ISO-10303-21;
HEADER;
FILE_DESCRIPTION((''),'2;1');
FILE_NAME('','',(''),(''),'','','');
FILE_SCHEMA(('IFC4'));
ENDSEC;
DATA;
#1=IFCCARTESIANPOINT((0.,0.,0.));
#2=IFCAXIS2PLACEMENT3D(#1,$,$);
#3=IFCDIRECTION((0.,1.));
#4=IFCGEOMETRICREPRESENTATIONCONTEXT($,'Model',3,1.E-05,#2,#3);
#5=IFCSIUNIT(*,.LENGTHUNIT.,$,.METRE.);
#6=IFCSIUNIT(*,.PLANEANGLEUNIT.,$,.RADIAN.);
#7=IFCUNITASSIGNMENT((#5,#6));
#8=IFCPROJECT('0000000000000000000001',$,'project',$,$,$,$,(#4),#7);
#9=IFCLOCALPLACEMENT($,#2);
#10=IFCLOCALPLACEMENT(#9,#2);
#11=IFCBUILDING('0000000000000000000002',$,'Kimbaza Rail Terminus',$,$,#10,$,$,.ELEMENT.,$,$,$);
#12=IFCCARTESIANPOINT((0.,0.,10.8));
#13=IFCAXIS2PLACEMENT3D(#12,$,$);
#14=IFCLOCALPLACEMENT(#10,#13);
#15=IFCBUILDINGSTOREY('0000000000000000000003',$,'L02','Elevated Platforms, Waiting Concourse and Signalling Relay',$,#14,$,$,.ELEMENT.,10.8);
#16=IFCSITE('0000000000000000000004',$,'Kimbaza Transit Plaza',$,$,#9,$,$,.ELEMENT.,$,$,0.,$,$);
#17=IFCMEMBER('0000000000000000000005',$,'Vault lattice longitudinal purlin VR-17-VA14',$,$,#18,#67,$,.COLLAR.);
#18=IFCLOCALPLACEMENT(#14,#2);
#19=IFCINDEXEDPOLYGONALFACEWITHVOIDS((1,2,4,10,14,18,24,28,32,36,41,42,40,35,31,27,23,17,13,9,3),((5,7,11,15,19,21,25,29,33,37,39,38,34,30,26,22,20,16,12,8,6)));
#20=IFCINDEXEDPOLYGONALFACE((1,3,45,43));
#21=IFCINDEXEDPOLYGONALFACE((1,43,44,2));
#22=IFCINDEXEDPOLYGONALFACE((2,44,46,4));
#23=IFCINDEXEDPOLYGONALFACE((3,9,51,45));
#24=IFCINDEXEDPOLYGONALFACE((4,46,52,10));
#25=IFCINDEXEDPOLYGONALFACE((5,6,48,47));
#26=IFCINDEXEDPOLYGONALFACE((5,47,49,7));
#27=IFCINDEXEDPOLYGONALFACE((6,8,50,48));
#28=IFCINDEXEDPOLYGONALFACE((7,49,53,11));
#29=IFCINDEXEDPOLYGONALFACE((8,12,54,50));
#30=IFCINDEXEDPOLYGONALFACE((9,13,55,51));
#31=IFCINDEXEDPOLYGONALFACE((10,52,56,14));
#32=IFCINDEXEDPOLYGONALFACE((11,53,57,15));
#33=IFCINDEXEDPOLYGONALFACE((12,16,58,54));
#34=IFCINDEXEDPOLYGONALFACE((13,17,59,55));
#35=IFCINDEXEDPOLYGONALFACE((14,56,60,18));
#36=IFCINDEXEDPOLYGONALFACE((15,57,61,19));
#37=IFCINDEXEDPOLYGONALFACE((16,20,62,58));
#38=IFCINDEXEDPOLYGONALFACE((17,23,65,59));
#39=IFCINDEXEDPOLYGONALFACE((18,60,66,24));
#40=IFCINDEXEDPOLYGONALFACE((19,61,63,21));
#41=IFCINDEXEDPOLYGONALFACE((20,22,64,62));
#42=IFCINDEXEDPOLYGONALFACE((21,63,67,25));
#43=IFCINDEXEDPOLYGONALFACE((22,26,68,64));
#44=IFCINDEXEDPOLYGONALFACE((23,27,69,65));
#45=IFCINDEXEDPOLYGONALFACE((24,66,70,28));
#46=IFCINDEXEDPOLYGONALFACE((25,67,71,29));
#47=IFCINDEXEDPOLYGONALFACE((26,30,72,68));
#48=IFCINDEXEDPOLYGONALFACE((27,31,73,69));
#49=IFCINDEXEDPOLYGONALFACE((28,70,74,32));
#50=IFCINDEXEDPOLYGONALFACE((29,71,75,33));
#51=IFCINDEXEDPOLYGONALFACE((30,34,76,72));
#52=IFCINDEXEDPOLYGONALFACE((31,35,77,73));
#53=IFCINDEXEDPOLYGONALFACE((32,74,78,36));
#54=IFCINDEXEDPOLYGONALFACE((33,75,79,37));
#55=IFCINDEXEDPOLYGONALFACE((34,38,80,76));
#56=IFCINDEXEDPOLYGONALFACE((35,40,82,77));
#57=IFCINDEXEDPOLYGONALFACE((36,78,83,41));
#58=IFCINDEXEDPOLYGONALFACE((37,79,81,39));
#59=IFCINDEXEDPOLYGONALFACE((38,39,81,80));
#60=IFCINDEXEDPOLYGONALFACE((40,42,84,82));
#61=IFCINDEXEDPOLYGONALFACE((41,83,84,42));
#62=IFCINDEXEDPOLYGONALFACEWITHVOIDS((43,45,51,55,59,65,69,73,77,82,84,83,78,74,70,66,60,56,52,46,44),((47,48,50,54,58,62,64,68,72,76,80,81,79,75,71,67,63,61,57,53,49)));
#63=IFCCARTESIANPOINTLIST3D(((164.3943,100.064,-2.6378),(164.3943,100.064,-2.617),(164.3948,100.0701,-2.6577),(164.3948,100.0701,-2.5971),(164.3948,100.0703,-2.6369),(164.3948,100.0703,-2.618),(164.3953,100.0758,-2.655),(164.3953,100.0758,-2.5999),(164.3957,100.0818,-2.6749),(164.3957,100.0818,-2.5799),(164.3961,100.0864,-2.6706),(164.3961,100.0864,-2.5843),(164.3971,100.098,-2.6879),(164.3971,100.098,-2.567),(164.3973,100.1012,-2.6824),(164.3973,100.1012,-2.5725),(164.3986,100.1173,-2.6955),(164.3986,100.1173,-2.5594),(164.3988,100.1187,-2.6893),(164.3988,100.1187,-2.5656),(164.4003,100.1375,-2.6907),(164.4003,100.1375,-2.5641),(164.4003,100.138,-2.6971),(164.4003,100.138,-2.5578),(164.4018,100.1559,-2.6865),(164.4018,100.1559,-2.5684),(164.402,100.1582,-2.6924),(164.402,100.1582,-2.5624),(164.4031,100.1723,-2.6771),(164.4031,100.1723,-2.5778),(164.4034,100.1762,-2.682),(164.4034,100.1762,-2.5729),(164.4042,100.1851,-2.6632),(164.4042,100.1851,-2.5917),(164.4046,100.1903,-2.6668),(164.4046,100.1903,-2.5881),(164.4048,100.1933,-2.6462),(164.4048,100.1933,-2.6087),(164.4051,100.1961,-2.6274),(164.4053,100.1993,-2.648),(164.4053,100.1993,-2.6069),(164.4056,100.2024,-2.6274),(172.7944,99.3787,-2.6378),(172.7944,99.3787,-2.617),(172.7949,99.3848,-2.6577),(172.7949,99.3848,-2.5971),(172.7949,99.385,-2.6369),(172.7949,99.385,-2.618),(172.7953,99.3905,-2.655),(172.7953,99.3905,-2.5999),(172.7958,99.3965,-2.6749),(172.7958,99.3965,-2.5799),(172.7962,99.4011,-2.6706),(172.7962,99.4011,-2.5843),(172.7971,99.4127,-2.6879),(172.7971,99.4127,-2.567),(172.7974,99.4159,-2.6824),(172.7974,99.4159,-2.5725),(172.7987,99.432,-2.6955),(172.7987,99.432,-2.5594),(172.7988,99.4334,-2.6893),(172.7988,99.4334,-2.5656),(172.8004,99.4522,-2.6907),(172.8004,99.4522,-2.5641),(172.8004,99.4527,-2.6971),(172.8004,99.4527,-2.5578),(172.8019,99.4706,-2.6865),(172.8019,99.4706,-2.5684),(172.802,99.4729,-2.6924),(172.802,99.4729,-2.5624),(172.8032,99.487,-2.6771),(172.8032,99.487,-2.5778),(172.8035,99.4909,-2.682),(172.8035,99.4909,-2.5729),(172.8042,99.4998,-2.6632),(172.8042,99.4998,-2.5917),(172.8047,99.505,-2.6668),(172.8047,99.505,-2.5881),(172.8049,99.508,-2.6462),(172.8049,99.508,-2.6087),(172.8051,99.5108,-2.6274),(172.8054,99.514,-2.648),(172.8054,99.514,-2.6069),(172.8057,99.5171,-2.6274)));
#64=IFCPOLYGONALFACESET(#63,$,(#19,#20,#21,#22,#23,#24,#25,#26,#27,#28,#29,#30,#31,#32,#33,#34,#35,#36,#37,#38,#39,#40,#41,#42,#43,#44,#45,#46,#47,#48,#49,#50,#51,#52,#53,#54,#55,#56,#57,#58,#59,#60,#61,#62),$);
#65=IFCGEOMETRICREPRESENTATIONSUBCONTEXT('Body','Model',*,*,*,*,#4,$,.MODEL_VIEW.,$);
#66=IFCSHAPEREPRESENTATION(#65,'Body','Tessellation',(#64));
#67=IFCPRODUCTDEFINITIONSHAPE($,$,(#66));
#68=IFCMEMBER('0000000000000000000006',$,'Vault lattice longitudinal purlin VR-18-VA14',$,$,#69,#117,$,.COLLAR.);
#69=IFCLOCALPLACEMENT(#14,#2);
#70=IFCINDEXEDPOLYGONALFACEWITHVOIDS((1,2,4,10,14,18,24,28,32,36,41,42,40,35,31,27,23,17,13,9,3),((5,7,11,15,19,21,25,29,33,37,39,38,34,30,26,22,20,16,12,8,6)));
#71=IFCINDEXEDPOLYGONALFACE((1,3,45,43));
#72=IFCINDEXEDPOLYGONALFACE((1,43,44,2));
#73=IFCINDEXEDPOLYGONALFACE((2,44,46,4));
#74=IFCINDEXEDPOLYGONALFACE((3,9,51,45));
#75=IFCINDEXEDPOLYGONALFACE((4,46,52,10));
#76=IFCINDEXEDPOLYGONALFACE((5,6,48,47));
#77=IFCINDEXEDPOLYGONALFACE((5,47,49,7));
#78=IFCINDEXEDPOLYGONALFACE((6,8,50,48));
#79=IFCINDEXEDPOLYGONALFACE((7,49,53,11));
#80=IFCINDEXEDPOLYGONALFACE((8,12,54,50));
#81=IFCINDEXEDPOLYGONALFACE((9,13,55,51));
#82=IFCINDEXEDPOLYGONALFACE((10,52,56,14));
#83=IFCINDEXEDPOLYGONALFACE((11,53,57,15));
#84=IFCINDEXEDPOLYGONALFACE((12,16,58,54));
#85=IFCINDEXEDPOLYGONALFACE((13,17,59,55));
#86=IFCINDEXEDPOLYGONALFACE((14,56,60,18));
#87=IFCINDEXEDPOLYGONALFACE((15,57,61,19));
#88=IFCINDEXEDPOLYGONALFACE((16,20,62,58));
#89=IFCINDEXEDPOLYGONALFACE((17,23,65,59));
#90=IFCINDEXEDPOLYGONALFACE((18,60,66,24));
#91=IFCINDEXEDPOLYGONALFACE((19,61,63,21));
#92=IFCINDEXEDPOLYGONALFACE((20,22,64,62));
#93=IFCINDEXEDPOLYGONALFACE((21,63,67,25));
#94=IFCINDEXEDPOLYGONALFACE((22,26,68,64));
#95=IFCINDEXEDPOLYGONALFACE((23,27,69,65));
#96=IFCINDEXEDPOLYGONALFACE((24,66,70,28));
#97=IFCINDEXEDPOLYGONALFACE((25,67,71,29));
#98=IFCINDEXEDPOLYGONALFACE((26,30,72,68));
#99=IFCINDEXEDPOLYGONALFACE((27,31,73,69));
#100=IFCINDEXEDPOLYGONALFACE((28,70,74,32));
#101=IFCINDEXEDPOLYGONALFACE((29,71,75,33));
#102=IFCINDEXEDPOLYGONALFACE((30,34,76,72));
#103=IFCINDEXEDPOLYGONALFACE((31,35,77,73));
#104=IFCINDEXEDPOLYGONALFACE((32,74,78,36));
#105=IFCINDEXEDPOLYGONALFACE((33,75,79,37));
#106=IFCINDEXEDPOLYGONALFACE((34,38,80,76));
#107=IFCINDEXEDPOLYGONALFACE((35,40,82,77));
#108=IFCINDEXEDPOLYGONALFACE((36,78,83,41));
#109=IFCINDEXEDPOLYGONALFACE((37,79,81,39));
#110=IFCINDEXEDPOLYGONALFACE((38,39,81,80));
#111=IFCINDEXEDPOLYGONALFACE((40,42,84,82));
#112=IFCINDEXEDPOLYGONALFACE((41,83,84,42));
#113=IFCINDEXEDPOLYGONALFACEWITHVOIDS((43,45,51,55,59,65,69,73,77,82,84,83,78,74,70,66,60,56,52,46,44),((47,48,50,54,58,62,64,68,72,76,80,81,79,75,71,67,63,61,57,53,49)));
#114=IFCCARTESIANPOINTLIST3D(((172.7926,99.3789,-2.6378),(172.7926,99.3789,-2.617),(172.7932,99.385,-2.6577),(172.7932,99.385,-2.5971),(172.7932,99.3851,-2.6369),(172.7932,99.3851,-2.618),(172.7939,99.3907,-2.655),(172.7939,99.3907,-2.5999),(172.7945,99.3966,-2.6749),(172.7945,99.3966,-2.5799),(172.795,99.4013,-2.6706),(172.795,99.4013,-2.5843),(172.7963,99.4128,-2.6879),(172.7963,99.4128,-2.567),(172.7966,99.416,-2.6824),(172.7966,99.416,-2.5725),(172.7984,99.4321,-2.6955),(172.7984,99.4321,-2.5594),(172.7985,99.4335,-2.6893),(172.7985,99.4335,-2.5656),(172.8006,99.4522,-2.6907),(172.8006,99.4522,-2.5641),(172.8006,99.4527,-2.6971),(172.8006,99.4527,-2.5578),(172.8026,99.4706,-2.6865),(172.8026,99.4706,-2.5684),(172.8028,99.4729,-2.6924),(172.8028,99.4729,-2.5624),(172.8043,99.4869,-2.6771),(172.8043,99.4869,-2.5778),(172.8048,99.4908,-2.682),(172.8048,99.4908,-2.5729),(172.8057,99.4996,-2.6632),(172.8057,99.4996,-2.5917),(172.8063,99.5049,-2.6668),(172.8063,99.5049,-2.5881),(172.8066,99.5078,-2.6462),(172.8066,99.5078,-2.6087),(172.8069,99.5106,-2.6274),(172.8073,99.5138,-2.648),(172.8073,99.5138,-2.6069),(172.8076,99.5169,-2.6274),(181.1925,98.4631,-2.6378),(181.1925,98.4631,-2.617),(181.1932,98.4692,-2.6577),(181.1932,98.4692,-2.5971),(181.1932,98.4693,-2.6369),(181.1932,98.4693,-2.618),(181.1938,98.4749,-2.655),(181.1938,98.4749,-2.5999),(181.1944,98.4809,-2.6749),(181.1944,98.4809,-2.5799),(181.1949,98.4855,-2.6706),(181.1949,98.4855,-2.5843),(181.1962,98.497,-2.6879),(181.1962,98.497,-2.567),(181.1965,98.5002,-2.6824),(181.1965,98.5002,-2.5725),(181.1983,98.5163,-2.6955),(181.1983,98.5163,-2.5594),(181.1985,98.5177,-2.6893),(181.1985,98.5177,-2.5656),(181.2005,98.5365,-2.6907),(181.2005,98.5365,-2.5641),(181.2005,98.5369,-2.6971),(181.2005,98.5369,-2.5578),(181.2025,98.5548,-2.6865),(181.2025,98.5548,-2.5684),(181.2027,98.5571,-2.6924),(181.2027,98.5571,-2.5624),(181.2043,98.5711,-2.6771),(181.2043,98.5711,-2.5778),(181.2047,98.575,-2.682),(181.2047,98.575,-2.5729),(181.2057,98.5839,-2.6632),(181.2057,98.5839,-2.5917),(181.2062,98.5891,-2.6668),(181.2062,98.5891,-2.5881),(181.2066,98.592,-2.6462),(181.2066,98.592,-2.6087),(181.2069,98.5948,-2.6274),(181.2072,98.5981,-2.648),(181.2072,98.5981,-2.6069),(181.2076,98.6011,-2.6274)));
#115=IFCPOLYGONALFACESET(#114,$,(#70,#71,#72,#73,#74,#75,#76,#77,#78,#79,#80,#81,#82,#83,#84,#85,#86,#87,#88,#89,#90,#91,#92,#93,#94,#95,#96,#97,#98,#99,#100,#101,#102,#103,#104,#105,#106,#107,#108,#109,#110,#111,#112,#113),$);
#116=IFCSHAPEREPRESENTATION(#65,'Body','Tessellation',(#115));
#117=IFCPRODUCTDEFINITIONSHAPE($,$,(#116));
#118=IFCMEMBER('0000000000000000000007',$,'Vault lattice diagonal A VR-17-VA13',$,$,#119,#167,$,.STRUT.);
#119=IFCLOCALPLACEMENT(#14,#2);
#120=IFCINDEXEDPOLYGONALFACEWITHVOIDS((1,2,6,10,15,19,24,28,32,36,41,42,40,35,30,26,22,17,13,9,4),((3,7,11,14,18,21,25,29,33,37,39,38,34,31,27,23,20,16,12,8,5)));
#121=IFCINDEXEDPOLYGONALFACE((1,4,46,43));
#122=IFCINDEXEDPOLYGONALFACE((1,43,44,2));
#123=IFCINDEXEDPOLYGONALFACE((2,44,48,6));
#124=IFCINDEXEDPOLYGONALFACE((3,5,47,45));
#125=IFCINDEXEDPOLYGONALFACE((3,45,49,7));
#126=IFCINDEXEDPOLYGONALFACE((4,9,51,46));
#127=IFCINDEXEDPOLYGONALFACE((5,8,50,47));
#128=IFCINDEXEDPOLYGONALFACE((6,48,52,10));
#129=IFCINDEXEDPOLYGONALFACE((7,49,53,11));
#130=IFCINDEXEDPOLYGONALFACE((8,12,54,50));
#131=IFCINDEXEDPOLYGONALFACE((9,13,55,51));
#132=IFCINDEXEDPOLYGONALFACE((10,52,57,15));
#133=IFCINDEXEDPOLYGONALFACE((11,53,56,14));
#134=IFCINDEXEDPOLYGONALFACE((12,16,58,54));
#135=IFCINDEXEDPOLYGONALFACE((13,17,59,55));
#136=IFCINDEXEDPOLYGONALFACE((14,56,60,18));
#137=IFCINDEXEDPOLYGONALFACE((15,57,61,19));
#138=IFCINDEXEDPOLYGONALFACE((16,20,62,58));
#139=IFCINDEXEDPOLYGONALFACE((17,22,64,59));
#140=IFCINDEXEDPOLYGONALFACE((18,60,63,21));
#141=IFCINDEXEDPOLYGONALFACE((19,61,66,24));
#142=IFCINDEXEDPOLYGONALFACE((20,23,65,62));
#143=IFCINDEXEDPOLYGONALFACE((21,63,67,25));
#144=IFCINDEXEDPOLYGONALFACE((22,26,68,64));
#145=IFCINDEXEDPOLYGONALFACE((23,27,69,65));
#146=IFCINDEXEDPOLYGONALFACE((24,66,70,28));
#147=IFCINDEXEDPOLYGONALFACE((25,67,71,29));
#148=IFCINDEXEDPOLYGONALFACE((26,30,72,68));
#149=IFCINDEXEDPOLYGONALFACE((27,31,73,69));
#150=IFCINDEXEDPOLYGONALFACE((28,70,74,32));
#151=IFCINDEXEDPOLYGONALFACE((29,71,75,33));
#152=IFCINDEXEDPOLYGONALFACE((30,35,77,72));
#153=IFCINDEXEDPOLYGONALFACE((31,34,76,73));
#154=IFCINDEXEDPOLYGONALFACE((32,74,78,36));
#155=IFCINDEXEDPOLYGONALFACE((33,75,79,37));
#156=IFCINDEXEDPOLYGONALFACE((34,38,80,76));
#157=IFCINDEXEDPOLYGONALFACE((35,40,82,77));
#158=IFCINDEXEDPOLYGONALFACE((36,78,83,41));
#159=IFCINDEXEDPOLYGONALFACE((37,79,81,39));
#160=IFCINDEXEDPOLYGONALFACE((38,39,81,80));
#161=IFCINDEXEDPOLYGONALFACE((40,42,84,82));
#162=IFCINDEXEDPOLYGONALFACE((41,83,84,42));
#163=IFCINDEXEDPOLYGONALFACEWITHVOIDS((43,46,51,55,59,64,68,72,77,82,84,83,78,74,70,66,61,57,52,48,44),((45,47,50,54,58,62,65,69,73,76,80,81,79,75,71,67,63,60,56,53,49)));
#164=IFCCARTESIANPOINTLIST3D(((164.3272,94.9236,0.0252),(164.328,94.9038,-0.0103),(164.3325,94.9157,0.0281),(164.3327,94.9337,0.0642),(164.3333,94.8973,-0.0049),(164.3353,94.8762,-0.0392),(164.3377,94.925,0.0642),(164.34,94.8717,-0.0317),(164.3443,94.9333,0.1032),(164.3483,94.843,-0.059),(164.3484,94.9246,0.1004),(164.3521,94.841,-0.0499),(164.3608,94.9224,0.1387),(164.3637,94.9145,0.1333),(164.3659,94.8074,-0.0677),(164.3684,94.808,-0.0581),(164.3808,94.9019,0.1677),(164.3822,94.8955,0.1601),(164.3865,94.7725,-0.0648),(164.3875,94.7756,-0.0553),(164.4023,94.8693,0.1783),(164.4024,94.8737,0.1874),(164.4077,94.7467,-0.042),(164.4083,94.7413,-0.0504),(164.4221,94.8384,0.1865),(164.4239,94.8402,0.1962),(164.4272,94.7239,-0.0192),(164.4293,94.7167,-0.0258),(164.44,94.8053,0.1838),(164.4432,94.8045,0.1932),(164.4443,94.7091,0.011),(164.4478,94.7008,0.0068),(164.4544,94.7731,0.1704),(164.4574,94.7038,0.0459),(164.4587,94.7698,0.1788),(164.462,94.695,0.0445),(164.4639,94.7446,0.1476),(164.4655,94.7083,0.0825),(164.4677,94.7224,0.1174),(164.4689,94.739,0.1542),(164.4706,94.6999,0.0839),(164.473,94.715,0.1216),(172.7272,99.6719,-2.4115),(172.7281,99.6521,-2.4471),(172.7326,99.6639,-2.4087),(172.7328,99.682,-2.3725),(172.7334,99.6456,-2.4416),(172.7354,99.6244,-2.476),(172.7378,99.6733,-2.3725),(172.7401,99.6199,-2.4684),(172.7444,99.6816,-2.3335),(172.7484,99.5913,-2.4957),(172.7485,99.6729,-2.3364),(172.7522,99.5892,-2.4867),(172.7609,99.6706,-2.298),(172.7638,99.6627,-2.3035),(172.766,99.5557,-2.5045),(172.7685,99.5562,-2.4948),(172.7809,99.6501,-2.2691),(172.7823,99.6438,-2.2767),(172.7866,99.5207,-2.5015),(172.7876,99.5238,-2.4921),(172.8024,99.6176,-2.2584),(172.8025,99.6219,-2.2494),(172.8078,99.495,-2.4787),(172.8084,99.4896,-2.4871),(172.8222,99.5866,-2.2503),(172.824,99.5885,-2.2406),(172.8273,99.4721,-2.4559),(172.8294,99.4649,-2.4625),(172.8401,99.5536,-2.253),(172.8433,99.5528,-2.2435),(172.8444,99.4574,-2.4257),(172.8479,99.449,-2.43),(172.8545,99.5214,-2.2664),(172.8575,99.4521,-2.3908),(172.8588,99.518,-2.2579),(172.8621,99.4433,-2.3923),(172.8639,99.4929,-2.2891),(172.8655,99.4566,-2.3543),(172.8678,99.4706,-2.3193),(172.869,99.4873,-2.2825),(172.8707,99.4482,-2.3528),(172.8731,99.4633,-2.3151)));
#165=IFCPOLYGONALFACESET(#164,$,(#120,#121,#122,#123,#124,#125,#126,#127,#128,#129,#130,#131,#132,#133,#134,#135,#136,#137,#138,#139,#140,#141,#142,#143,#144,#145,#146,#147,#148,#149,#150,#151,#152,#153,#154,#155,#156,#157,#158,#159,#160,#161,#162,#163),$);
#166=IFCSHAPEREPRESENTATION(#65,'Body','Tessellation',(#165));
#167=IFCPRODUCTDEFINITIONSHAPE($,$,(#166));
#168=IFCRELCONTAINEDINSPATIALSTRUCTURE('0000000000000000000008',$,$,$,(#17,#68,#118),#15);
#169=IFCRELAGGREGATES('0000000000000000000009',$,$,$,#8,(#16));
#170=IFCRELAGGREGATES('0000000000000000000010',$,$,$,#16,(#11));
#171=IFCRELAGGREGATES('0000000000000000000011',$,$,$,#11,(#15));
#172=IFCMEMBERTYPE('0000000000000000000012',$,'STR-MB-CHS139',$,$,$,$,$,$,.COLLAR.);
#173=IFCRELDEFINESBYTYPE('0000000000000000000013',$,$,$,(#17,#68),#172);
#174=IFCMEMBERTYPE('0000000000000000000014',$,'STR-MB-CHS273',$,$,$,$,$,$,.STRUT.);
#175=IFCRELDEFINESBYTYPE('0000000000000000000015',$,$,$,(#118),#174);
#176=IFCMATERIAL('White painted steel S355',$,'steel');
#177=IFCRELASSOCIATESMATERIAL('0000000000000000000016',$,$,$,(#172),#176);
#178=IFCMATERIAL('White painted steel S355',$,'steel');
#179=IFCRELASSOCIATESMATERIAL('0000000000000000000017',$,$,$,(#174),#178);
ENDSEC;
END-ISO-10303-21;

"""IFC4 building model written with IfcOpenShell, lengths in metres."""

from ifc_helpers import new_model, si_unit, direction, frame, origin, origin_2d, place, context, subcontext, project, spatial, hollow_circle, extrude, material, material_profile, profile_set, type_object, element, save


model = new_model("IFC4")

# Units and contexts
model_context = context("Model", 3, precision=1e-05, world=origin(), true_north=direction((0.0, 1.0)))
body_context = subcontext(model_context, "Body", "Model", "MODEL_VIEW")
ifc_project = project(units=[si_unit("LENGTHUNIT", "METRE"), si_unit("PLANEANGLEUNIT", "RADIAN")], contexts=[model_context])

# Site, building, storey
site_placement = place(None, origin())
site = spatial("IfcSite", under=ifc_project, at=site_placement, Name="Kimbaza Transit Plaza", CompositionType="ELEMENT", RefElevation=0.0)
building_placement = place(site_placement, origin())
building = spatial("IfcBuilding", under=site, at=building_placement, Name="Kimbaza Rail Terminus", CompositionType="ELEMENT")
storey_placement = place(building_placement, frame((0.0, 0.0, 10.8)))
storey = spatial("IfcBuildingStorey", under=building, at=storey_placement, Name="L02", Description="Elevated Platforms, Waiting Concourse and Signalling Relay", CompositionType="ELEMENT", Elevation=10.8)

# Members
ifc_material_1 = material(Name="White painted steel S355", Category="steel")
ifc_material_profile_1 = material_profile(ifc_material_1, hollow_circle(Radius=0.0698, WallThickness=0.0063, at=origin_2d()), Name="CHS 139.7x6.3")
ifc_profile_set_1 = profile_set([ifc_material_profile_1], Name="White painted steel S355")
member_type_1 = type_object("IfcMemberType", Name="STR-MB-CHS139", PredefinedType="COLLAR", material=ifc_profile_set_1)
member_1_placement = place(storey_placement, frame((164.3999, 100.1328, -2.6274), z_axis=(0.996689, -0.081312, 0.0), x_axis=(0.081312, 0.996689, 0.0)))
element("IfcMember", 1, at=member_1_placement, inside=storey, type_object=member_type_1, Name="Vault lattice longitudinal purlin VR-17-VA14", PredefinedType="COLLAR", context=body_context, shape_type="SweptSolid", body=[
    extrude(hollow_circle(Radius=0.0698, WallThickness=0.0063, at=origin_2d()), origin(), (0.0, 0.0, 1.0), 8.428),
])
member_2_placement = place(storey_placement, frame((172.8, 99.4475, -2.6274), z_axis=(0.99411, -0.10838, 0.0), x_axis=(0.10838, 0.99411, 0.0)))
element("IfcMember", 2, at=member_2_placement, inside=storey, type_object=member_type_1, Name="Vault lattice longitudinal purlin VR-18-VA14", PredefinedType="COLLAR", context=body_context, shape_type="SweptSolid", body=[
    extrude(hollow_circle(Radius=0.0698, WallThickness=0.0063, at=origin_2d()), origin(), (0.0, 0.0, 1.0), 8.4497),
])
ifc_material_2 = material(Name="White painted steel S355", Category="steel")
ifc_material_profile_2 = material_profile(ifc_material_2, hollow_circle(Radius=0.1365, WallThickness=0.01, at=origin_2d()), Name="CHS 273x10")
ifc_profile_set_2 = profile_set([ifc_material_profile_2], Name="White painted steel S355")
member_type_2 = type_object("IfcMemberType", Name="STR-MB-CHS273", PredefinedType="STRUT", material=ifc_profile_set_2)
member_3_placement = place(storey_placement, frame((164.3999, 94.8149, 0.0642), z_axis=(0.844048, 0.477109, -0.244847), x_axis=(-0.492087, 0.870546, 0.0)))
element("IfcMember", 3, at=member_3_placement, inside=storey, type_object=member_type_2, Name="Vault lattice diagonal A VR-17-VA13", PredefinedType="STRUT", context=body_context, shape_type="SweptSolid", body=[
    extrude(hollow_circle(Radius=0.1365, WallThickness=0.01, at=origin_2d()), origin(), (0.0, 0.0, 1.0), 9.9521),
])

save(model, "model.ifc")
